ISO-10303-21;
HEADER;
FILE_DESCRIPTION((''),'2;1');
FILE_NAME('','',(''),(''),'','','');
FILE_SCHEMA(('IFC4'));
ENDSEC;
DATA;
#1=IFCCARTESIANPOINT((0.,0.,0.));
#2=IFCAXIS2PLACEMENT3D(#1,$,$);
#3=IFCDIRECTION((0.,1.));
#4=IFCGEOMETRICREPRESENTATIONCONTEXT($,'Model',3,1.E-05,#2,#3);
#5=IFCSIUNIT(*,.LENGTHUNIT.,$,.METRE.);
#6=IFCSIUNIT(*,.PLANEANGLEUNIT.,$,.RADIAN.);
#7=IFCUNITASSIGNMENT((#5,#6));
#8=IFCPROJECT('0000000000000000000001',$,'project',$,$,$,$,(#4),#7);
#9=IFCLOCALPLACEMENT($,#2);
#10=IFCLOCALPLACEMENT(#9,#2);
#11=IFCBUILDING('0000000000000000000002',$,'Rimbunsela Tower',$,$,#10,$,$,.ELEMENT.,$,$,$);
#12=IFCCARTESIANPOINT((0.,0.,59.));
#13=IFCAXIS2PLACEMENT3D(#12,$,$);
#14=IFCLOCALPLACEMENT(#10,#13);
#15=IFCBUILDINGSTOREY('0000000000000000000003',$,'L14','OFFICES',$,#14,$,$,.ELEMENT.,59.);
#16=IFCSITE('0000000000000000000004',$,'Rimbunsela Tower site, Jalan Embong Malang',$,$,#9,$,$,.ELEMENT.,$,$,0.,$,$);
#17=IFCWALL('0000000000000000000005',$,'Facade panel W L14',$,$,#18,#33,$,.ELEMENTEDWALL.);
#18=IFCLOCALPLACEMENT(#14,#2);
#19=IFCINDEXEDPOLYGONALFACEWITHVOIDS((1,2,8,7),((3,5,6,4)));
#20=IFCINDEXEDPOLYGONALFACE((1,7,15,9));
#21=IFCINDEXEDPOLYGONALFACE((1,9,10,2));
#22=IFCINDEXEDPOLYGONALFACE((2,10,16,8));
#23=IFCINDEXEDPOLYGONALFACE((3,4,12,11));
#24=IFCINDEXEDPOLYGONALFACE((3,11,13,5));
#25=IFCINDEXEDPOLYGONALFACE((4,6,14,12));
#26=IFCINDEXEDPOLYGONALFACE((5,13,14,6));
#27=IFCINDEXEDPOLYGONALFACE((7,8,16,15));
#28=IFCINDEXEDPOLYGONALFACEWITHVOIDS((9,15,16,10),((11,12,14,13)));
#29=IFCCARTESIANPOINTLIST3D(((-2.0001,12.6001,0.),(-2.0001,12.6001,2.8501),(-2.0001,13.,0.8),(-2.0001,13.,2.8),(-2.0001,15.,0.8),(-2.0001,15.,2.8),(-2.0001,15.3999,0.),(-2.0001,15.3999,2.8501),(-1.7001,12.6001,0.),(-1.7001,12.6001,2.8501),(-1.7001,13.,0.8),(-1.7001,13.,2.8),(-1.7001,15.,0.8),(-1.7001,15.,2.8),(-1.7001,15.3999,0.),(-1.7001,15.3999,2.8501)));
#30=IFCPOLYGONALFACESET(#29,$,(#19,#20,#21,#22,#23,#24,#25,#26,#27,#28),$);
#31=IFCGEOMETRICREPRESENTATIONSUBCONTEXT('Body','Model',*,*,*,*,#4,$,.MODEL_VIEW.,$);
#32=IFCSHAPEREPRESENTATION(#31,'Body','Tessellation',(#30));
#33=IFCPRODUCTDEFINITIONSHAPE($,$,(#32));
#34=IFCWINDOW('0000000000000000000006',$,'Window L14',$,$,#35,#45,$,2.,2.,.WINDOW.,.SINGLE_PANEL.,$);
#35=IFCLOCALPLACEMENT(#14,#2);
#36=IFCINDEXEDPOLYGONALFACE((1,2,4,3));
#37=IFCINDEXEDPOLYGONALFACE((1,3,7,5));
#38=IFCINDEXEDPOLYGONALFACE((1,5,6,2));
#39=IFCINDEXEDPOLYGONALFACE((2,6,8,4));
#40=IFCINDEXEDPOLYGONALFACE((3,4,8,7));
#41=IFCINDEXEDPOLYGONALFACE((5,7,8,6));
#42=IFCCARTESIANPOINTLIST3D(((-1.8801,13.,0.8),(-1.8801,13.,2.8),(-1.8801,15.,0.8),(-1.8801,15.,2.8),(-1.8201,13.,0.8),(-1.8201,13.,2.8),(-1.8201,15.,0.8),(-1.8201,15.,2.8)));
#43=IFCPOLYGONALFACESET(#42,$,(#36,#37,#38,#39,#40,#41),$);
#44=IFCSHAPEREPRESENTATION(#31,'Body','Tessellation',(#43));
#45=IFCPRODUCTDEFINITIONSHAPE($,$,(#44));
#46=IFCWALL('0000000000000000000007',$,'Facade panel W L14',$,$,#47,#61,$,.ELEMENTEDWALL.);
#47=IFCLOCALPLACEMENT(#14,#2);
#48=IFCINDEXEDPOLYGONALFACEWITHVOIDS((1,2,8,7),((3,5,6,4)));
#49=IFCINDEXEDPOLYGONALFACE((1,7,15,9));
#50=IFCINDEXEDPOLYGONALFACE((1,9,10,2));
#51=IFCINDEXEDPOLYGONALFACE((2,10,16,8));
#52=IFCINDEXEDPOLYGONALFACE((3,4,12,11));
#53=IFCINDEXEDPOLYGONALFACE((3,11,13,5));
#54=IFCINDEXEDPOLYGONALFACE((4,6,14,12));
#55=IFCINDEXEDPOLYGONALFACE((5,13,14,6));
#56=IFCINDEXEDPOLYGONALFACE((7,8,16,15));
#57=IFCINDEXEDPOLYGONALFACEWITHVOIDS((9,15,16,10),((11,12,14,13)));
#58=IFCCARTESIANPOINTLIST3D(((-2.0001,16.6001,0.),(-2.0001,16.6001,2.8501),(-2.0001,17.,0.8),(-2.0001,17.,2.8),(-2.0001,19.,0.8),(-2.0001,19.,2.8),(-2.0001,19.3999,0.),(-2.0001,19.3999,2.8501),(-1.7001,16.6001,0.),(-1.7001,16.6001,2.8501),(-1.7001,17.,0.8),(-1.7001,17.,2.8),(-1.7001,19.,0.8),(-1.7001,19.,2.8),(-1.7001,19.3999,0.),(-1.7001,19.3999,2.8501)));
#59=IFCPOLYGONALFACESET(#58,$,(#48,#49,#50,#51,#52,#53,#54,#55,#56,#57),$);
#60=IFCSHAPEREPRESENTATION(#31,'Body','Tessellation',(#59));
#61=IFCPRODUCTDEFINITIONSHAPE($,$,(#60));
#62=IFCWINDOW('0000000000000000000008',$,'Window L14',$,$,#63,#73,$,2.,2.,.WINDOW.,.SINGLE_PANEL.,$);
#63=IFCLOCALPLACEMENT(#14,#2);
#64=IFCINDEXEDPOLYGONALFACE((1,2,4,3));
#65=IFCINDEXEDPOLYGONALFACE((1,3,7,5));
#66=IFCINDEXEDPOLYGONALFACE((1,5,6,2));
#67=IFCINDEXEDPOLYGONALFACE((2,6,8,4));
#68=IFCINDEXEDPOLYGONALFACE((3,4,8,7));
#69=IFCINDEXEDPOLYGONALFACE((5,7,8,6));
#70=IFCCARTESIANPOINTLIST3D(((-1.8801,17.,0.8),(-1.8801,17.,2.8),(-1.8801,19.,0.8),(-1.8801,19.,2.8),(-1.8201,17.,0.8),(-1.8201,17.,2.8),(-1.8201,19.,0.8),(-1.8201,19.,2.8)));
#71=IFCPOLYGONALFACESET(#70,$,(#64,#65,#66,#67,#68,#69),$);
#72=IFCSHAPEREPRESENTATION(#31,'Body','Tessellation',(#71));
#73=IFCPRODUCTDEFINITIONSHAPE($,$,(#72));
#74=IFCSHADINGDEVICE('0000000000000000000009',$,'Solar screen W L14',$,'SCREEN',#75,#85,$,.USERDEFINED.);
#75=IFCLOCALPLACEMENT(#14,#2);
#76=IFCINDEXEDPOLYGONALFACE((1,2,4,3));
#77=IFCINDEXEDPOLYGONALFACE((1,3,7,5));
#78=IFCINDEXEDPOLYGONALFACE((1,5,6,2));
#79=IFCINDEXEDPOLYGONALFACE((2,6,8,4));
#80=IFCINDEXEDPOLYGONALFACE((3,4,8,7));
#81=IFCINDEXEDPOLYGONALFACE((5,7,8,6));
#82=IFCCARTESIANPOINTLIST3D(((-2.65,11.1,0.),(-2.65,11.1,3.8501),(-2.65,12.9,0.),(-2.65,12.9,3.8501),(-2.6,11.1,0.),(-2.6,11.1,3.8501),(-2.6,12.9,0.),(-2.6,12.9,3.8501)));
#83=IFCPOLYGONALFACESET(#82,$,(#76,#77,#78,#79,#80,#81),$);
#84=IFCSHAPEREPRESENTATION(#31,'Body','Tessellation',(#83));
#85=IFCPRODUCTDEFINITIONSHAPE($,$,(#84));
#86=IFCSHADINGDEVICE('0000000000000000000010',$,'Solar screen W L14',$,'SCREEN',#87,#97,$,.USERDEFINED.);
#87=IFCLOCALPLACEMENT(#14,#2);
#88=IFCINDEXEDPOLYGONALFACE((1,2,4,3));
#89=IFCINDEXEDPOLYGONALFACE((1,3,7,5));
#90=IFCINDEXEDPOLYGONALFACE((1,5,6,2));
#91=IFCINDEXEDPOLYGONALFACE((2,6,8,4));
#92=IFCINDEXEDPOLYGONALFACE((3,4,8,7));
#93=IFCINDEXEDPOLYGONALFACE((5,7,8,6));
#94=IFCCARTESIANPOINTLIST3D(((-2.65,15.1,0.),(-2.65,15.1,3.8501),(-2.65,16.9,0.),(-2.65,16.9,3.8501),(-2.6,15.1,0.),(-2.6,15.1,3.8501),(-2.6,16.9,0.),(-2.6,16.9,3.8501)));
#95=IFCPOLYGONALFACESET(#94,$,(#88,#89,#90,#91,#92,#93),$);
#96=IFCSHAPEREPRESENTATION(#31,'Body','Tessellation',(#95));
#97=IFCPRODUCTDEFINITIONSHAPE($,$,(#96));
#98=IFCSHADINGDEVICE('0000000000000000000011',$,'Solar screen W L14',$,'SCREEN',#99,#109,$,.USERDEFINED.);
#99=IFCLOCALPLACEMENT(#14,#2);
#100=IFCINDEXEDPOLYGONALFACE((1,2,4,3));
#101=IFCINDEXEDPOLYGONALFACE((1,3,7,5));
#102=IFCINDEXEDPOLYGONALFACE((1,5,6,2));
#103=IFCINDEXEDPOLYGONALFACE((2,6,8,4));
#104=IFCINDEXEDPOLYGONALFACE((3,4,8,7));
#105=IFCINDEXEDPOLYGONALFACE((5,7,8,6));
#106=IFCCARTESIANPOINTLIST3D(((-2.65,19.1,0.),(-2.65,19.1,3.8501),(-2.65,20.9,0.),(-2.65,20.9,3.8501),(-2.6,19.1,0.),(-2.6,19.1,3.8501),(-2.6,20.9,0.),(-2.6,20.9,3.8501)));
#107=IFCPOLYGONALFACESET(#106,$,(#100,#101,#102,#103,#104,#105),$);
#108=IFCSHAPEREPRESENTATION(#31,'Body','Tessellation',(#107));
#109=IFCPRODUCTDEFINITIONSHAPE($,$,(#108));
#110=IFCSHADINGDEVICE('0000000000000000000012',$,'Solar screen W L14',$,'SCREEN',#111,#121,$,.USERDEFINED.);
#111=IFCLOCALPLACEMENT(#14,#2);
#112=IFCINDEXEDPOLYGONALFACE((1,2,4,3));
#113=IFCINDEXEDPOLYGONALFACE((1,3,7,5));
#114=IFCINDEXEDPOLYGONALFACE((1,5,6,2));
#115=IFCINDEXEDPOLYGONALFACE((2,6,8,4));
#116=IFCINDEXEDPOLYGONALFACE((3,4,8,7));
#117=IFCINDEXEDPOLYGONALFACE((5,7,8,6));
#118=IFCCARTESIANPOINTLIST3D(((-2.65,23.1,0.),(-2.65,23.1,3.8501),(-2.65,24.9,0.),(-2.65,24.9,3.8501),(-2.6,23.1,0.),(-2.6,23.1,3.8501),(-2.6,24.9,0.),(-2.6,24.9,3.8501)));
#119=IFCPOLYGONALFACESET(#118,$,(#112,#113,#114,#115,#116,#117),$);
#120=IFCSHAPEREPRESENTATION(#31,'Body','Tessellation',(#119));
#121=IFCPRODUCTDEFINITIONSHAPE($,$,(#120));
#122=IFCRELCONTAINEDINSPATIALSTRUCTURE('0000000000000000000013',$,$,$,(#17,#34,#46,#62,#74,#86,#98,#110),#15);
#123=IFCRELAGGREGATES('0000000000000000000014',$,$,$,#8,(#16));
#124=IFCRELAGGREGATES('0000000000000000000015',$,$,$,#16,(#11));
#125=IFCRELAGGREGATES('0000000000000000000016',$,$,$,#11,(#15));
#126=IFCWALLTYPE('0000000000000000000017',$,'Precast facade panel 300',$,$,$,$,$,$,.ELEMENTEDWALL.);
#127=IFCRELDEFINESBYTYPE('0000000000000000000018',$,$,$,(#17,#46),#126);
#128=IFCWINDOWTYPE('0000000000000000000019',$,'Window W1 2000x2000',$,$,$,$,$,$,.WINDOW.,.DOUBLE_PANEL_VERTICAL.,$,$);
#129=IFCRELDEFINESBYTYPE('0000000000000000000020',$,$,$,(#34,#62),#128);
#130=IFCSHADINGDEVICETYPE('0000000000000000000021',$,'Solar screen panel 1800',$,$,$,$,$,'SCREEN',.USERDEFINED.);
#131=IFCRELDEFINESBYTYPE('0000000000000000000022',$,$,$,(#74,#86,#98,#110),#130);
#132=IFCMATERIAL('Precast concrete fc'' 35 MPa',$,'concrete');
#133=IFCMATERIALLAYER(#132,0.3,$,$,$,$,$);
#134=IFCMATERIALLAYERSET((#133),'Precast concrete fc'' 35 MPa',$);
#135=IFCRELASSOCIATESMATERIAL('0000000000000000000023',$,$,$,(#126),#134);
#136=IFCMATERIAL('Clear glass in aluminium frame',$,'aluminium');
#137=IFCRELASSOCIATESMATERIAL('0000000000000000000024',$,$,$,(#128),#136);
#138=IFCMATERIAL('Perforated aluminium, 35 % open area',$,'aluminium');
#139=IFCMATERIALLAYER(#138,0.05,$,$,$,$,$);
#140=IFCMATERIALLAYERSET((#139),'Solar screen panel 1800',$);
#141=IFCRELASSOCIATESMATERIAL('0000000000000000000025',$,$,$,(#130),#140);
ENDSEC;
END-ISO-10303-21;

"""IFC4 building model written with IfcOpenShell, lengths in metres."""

from ifc_helpers import new_model, si_unit, direction, frame, frame_2d, origin, origin_2d, place, context, subcontext, project, spatial, rectangle, extrude, material, layer, layer_set, type_object, element, fill, save


model = new_model("IFC4")

# Units and contexts
model_context = context("Model", 3, precision=1e-05, world=origin(), true_north=direction((0.0, 1.0)))
body_context = subcontext(model_context, "Body", "Model", "MODEL_VIEW")
ifc_project = project(units=[si_unit("LENGTHUNIT", "METRE"), si_unit("PLANEANGLEUNIT", "RADIAN")], contexts=[model_context])

# Site, building, storey
site_placement = place(None, origin())
site = spatial("IfcSite", under=ifc_project, at=site_placement, Name="Rimbunsela Tower site, Jalan Embong Malang", CompositionType="ELEMENT", RefElevation=0.0)
building_placement = place(site_placement, origin())
building = spatial("IfcBuilding", under=site, at=building_placement, Name="Rimbunsela Tower", CompositionType="ELEMENT")
storey_placement = place(building_placement, frame((0.0, 0.0, 59.0)))
storey = spatial("IfcBuildingStorey", under=building, at=storey_placement, Name="L14", Description="OFFICES", CompositionType="ELEMENT", Elevation=59.0)

# Walls, openings, windows
ifc_material_1 = material(Name="Precast concrete fc' 35 MPa", Category="concrete")
ifc_layer_1 = layer(ifc_material_1, 0.3)
ifc_layer_set_1 = layer_set([ifc_layer_1], Name="Precast concrete fc' 35 MPa")
wall_type = type_object("IfcWallType", Name="Precast facade panel 300", PredefinedType="ELEMENTEDWALL", material=ifc_layer_set_1)
ifc_material_2 = material(Name="Clear glass in aluminium frame", Category="aluminium")
window_type = type_object("IfcWindowType", Name="Window W1 2000x2000", PartitioningType="DOUBLE_PANEL_VERTICAL", PredefinedType="WINDOW", material=ifc_material_2)
wall_1_placement = place(storey_placement, frame((-1.8501, 15.3999, 0.0), z_axis=(0.0, 0.0, 1.0), x_axis=(0.0, -1.0, 0.0)))
wall_1 = element("IfcWall", 1, at=wall_1_placement, inside=storey, type_object=wall_type, Name="Facade panel W L14", PredefinedType="ELEMENTEDWALL", context=body_context, shape_type="SweptSolid", body=[
    extrude(rectangle(XDim=2.7998, YDim=0.3, at=frame_2d((1.3999, 0.0))), origin(), (0.0, 0.0, 1.0), 2.8501),
])
opening_1_placement = place(wall_1_placement, frame((0.3999, 0.0, 0.8)))
opening_1 = element("IfcOpeningElement", 2, at=opening_1_placement, cuts=wall_1, PredefinedType="OPENING", context=body_context, shape_type="SweptSolid", body=[
    extrude(rectangle(XDim=2.0, YDim=2.0, at=frame_2d((1.0, 1.0))), frame((0.0, 0.1599, 0.0), z_axis=(0.0, -1.0, 0.0), x_axis=(1.0, 0.0, 0.0)), (0.0, 0.0, 1.0), 0.3201),
])
window_1_placement = place(opening_1_placement, origin())
window_1 = element("IfcWindow", 3, at=window_1_placement, inside=storey, type_object=window_type, Name="Window L14", OverallHeight=2.0, OverallWidth=2.0, PartitioningType="SINGLE_PANEL", PredefinedType="WINDOW", context=body_context, shape_type="SweptSolid", body=[
    extrude(rectangle(XDim=2.0, YDim=2.0, at=frame_2d((1.0, 1.0))), frame((0.0, 0.03, 0.0), z_axis=(0.0, -1.0, 0.0), x_axis=(1.0, 0.0, 0.0)), (0.0, 0.0, 1.0), 0.0601),
])
fill(opening_1, window_1)
wall_2_placement = place(storey_placement, frame((-1.8501, 19.3999, 0.0), z_axis=(0.0, 0.0, 1.0), x_axis=(0.0, -1.0, 0.0)))
wall_2 = element("IfcWall", 4, at=wall_2_placement, inside=storey, type_object=wall_type, Name="Facade panel W L14", PredefinedType="ELEMENTEDWALL", context=body_context, shape_type="SweptSolid", body=[
    extrude(rectangle(XDim=2.7998, YDim=0.3, at=frame_2d((1.3999, 0.0))), origin(), (0.0, 0.0, 1.0), 2.8501),
])
opening_2_placement = place(wall_2_placement, frame((0.3999, 0.0, 0.8)))
opening_2 = element("IfcOpeningElement", 5, at=opening_2_placement, cuts=wall_2, PredefinedType="OPENING", context=body_context, shape_type="SweptSolid", body=[
    extrude(rectangle(XDim=2.0, YDim=2.0, at=frame_2d((1.0, 1.0))), frame((0.0, 0.1599, 0.0), z_axis=(0.0, -1.0, 0.0), x_axis=(1.0, 0.0, 0.0)), (0.0, 0.0, 1.0), 0.3201),
])
window_2_placement = place(opening_2_placement, origin())
window_2 = element("IfcWindow", 6, at=window_2_placement, inside=storey, type_object=window_type, Name="Window L14", OverallHeight=2.0, OverallWidth=2.0, PartitioningType="SINGLE_PANEL", PredefinedType="WINDOW", context=body_context, shape_type="SweptSolid", body=[
    extrude(rectangle(XDim=2.0, YDim=2.0, at=frame_2d((1.0, 1.0))), frame((0.0, 0.03, 0.0), z_axis=(0.0, -1.0, 0.0), x_axis=(1.0, 0.0, 0.0)), (0.0, 0.0, 1.0), 0.0601),
])
fill(opening_2, window_2)

# Shading devices
ifc_material_3 = material(Name="Perforated aluminium, 35 % open area", Category="aluminium")
ifc_layer_2 = layer(ifc_material_3, 0.05)
ifc_layer_set_2 = layer_set([ifc_layer_2], Name="Solar screen panel 1800")
shading_device_type = type_object("IfcShadingDeviceType", Name="Solar screen panel 1800", ElementType="SCREEN", PredefinedType="USERDEFINED", material=ifc_layer_set_2)
for number, where, z_axis, x_axis, name in (
    (7, (-2.625, 12.0, 0.0), (0.0, 0.0, 1.0), (0.0, 1.0, 0.0), "Solar screen W L14"),
    (8, (-2.625, 16.0, 0.0), (0.0, 0.0, 1.0), (0.0, 1.0, 0.0), "Solar screen W L14"),
    (9, (-2.625, 20.0, 0.0), (0.0, 0.0, 1.0), (0.0, 1.0, 0.0), "Solar screen W L14"),
    (10, (-2.625, 24.0, 0.0), (0.0, 0.0, 1.0), (0.0, 1.0, 0.0), "Solar screen W L14"),
):
    element("IfcShadingDevice", number, at=place(storey_placement, frame(where, z_axis=z_axis, x_axis=x_axis)), inside=storey, type_object=shading_device_type, Name=name, ObjectType="SCREEN", PredefinedType="USERDEFINED", context=body_context, shape_type="SweptSolid", body=[
        extrude(rectangle(XDim=1.8, YDim=0.05, at=origin_2d()), origin(), (0.0, 0.0, 1.0), 3.8501),
    ])

save(model, "model.ifc")
